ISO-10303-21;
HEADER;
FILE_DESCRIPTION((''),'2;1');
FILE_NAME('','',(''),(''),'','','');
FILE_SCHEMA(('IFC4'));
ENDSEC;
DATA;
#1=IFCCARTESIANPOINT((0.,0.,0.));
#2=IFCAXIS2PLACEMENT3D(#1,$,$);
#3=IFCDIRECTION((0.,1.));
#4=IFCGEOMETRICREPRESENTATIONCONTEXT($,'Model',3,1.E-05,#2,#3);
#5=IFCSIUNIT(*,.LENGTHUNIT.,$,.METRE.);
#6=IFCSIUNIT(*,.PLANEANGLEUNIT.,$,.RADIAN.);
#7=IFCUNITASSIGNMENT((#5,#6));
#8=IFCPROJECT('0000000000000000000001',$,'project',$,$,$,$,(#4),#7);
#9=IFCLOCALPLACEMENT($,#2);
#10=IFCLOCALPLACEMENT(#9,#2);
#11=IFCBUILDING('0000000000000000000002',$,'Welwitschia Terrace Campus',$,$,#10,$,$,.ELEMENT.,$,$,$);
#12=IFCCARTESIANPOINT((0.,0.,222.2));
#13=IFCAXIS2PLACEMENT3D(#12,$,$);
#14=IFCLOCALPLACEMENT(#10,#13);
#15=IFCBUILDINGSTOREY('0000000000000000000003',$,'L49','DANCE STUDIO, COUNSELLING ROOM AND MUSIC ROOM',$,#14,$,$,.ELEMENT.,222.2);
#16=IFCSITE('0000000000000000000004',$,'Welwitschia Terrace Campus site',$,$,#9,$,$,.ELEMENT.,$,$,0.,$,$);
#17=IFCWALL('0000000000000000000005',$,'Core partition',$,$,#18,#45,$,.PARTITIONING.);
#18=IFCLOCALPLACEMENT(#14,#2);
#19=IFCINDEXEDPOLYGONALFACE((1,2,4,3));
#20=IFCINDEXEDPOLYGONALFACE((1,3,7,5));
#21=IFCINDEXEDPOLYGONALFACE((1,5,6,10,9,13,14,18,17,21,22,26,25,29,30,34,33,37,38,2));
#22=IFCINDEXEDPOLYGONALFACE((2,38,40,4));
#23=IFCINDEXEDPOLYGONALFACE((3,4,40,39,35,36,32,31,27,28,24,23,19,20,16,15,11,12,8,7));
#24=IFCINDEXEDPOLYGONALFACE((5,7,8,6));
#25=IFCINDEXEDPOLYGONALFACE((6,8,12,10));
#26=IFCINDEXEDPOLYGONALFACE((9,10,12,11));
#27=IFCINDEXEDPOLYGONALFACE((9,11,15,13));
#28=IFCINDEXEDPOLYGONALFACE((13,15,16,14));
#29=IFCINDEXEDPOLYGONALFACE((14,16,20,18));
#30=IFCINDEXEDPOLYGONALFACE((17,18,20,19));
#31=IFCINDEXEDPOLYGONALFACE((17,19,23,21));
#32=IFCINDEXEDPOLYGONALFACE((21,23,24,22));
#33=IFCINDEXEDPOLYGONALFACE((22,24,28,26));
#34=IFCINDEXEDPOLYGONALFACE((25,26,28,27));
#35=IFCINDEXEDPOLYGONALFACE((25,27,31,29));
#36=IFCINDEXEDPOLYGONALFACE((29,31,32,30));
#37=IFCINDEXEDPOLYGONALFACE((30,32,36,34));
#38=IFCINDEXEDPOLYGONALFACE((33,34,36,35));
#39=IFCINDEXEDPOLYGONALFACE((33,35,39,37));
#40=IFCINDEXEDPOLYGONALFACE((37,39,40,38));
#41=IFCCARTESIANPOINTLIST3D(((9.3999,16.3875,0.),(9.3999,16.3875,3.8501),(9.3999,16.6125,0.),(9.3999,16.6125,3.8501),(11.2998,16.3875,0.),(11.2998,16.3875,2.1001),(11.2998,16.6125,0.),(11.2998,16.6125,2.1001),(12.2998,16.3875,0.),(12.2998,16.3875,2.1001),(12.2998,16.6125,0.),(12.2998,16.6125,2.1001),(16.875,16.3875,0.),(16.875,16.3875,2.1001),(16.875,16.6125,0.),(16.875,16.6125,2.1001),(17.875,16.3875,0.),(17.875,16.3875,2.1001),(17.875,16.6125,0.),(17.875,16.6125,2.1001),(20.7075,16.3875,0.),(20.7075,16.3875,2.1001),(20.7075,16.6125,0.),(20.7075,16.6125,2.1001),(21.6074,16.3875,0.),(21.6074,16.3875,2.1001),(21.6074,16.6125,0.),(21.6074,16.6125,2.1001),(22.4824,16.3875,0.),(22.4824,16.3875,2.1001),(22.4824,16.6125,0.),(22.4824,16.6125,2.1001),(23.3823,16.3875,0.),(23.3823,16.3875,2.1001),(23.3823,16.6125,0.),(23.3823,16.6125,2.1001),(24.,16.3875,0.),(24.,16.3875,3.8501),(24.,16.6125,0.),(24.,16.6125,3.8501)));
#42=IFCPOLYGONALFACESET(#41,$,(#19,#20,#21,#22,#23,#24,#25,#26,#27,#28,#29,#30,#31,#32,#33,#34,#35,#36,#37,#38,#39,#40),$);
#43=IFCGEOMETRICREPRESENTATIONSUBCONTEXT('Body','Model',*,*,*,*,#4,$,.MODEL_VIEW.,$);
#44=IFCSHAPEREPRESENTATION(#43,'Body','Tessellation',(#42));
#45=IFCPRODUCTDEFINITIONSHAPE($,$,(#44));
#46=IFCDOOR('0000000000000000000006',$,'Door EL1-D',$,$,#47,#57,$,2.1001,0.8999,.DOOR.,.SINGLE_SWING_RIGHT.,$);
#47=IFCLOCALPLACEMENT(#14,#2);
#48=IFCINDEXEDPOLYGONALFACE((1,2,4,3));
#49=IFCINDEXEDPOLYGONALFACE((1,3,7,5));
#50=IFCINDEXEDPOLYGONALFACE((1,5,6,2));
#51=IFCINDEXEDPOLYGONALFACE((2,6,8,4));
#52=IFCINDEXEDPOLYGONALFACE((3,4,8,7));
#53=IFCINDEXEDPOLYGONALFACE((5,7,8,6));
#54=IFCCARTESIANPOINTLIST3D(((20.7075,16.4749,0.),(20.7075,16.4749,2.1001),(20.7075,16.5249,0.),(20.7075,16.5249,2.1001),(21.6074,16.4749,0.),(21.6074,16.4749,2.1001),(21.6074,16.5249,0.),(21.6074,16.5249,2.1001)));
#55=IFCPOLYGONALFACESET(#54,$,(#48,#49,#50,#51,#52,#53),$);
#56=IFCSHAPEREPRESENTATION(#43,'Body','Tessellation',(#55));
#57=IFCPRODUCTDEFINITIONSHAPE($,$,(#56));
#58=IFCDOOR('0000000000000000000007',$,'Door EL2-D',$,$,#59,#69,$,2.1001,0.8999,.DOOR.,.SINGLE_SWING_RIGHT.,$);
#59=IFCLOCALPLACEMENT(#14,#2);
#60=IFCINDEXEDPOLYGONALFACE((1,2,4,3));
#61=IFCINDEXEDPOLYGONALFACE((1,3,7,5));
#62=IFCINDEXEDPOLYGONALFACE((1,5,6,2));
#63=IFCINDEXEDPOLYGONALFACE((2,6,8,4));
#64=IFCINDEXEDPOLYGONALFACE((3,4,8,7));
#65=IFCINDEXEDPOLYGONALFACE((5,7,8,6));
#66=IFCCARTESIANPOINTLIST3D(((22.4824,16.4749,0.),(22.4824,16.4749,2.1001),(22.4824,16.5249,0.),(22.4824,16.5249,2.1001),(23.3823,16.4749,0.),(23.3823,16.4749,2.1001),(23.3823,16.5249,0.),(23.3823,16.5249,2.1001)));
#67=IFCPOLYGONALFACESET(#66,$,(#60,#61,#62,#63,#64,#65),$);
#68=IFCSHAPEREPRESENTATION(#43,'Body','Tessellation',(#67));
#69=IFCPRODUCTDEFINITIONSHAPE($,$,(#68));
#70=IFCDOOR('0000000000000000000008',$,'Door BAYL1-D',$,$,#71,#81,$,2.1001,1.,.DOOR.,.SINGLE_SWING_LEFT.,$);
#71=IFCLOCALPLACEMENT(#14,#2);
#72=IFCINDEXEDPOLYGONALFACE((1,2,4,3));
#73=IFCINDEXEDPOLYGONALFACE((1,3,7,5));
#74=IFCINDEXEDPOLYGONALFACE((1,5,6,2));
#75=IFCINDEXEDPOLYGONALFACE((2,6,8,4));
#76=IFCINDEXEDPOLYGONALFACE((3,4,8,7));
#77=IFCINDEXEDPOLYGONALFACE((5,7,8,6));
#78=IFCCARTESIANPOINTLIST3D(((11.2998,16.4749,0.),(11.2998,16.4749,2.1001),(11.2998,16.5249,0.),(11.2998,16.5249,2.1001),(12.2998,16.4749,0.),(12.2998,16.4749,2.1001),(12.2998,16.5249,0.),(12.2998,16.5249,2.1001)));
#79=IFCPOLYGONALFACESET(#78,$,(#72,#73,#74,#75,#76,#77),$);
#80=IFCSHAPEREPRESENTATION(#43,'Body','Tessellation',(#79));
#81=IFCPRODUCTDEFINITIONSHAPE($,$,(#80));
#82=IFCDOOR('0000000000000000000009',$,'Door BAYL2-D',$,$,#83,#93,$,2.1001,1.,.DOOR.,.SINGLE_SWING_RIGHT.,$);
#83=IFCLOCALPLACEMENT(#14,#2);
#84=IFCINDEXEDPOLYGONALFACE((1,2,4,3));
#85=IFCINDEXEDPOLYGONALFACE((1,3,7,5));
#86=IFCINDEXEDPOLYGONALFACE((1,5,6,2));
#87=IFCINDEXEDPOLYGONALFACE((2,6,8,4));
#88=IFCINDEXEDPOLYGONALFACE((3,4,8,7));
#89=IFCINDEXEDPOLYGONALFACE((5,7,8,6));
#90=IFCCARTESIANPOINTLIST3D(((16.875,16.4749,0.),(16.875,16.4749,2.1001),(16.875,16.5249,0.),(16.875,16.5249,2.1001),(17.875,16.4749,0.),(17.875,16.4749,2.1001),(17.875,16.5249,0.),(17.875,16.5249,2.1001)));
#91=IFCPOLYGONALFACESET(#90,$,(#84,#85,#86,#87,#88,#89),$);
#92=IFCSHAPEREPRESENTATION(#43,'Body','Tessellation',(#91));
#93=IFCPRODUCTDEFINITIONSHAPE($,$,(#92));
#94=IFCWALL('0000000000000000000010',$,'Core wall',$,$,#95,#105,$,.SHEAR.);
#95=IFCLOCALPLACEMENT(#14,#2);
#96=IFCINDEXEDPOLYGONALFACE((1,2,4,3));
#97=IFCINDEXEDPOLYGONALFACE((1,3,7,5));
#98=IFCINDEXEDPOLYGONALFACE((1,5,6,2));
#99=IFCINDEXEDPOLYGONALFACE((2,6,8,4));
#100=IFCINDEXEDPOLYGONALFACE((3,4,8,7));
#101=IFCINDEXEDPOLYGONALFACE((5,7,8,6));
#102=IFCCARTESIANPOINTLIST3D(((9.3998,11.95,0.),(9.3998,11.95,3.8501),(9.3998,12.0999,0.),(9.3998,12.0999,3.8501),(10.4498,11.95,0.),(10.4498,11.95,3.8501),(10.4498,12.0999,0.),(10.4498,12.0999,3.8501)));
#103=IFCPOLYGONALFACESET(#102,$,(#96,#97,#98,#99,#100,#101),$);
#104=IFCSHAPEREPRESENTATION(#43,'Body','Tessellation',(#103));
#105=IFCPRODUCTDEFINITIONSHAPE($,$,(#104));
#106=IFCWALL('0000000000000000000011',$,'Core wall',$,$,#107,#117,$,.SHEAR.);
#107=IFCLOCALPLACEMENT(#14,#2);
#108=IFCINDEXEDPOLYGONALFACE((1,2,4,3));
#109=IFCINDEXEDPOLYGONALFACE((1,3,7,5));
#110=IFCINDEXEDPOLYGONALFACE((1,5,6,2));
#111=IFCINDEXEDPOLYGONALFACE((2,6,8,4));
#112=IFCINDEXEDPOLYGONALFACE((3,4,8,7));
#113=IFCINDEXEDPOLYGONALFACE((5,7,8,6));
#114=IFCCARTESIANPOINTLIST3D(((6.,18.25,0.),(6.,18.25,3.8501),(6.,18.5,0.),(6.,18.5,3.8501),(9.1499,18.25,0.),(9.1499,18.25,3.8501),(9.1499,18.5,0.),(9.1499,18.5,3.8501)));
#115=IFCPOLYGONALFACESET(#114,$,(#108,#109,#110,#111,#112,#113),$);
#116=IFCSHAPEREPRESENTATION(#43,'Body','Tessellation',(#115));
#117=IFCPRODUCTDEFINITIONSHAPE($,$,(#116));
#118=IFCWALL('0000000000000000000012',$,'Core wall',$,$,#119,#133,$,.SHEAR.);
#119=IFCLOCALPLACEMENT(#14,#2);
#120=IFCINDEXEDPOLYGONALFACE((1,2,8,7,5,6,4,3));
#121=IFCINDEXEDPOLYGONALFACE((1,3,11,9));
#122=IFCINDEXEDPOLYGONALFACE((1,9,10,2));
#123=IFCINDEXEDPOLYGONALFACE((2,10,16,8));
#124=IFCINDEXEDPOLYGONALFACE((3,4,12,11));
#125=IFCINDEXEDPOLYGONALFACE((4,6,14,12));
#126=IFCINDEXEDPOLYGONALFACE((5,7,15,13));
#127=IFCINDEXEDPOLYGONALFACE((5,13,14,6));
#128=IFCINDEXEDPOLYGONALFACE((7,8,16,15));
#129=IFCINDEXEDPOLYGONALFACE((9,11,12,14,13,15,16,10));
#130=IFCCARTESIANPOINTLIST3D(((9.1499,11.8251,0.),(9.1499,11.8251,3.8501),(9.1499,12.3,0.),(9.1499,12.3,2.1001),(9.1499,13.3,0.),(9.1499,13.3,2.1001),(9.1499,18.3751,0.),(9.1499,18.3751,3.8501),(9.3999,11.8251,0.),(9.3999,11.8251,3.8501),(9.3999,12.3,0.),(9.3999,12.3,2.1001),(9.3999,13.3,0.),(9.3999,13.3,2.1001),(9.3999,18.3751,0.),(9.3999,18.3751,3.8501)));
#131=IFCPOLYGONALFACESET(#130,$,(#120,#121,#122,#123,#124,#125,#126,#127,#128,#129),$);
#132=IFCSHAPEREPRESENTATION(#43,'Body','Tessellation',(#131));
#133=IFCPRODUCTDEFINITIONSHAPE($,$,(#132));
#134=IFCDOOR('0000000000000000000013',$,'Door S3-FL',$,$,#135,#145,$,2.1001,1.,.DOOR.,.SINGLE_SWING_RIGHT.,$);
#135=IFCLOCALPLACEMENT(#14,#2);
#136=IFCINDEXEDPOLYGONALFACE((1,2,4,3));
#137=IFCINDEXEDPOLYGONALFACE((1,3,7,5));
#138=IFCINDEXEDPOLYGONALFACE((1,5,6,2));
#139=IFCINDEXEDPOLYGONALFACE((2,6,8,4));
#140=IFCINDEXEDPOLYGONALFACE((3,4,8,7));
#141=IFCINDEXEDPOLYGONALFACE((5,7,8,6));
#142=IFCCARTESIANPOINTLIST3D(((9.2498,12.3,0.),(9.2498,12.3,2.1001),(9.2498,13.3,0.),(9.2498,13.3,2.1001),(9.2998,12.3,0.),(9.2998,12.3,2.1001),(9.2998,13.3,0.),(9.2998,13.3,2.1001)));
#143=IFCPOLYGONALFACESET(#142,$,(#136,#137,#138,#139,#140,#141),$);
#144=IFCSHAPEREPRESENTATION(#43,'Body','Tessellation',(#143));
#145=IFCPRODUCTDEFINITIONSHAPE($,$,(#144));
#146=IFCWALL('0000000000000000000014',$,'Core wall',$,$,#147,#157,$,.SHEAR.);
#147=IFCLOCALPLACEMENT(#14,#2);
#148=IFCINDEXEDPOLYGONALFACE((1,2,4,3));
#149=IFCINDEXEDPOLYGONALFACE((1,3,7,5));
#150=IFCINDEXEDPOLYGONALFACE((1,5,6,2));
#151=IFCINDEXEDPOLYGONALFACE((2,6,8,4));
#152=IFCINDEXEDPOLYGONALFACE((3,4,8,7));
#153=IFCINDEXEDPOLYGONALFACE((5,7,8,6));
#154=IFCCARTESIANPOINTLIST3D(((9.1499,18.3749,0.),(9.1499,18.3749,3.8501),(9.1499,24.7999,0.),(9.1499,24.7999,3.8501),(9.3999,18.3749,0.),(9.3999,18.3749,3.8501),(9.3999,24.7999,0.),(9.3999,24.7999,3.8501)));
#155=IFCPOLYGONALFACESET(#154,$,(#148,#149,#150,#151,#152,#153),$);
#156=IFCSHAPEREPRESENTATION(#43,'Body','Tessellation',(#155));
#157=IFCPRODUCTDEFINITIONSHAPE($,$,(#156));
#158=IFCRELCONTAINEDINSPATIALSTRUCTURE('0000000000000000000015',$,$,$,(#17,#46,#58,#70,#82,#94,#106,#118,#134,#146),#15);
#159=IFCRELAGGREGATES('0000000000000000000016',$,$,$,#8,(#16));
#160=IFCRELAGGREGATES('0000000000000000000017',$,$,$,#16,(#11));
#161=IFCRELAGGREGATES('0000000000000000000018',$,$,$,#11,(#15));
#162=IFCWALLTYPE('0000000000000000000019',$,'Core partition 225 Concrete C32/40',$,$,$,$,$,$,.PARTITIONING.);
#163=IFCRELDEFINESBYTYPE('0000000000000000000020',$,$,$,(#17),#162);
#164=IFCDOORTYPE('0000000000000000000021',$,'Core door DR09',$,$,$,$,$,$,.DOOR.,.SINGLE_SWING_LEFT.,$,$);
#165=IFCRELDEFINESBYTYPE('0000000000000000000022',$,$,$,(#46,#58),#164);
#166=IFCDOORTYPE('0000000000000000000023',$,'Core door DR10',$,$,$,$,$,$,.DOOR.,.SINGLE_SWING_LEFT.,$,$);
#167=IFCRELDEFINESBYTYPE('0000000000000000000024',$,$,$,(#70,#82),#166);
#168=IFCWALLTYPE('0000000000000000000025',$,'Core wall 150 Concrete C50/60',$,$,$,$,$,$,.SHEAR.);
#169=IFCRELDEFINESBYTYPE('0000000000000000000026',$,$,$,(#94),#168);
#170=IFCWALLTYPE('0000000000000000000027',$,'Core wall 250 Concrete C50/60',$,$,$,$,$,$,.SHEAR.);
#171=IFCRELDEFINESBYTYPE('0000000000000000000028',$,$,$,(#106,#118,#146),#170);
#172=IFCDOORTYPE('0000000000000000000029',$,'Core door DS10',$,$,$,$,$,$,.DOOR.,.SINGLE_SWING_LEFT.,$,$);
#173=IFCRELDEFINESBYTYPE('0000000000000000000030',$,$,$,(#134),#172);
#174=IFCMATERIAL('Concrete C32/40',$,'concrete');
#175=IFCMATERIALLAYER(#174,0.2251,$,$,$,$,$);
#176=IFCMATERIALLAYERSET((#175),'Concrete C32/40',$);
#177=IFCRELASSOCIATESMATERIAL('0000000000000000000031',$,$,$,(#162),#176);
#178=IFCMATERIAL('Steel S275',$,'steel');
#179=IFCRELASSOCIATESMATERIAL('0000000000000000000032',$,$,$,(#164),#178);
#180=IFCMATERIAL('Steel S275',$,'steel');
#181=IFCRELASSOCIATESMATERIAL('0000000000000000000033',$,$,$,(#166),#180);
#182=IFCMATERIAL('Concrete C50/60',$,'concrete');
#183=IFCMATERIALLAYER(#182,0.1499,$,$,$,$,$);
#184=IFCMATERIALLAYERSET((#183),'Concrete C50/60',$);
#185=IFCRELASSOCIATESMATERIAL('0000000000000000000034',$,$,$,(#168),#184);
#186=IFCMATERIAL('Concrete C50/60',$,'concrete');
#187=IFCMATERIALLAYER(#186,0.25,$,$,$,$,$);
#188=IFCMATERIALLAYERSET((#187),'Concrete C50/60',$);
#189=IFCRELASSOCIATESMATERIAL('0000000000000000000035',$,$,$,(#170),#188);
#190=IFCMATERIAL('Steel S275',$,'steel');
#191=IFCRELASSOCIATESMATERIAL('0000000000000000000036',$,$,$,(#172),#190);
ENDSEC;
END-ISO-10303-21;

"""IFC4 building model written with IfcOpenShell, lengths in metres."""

from ifc_helpers import new_model, si_unit, direction, frame, frame_2d, origin, place, context, subcontext, project, spatial, rectangle, extrude, material, layer, layer_set, type_object, element, fill, save


model = new_model("IFC4")

# Units and contexts
model_context = context("Model", 3, precision=1e-05, world=origin(), true_north=direction((0.0, 1.0)))
body_context = subcontext(model_context, "Body", "Model", "MODEL_VIEW")
ifc_project = project(units=[si_unit("LENGTHUNIT", "METRE"), si_unit("PLANEANGLEUNIT", "RADIAN")], contexts=[model_context])

# Site, building, storey
site_placement = place(None, origin())
site = spatial("IfcSite", under=ifc_project, at=site_placement, Name="Welwitschia Terrace Campus site", CompositionType="ELEMENT", RefElevation=0.0)
building_placement = place(site_placement, origin())
building = spatial("IfcBuilding", under=site, at=building_placement, Name="Welwitschia Terrace Campus", CompositionType="ELEMENT")
storey_placement = place(building_placement, frame((0.0, 0.0, 222.2)))
storey = spatial("IfcBuildingStorey", under=building, at=storey_placement, Name="L49", Description="DANCE STUDIO, COUNSELLING ROOM AND MUSIC ROOM", CompositionType="ELEMENT", Elevation=222.2)

# Shared definitions
ifc_material_1 = material(Name="Concrete C32/40", Category="concrete")
ifc_layer_1 = layer(ifc_material_1, 0.2251)
ifc_layer_set_1 = layer_set([ifc_layer_1], Name="Concrete C32/40")
wall_type_1 = type_object("IfcWallType", Name="Core partition 225 Concrete C32/40", PredefinedType="PARTITIONING", material=ifc_layer_set_1)

# Wall, openings, doors
wall_1_placement = place(storey_placement, frame((9.3999, 16.5, 0.0), z_axis=(0.0, 0.0, 1.0), x_axis=(1.0, 0.0, 0.0)))
wall_1 = element("IfcWall", 1, at=wall_1_placement, inside=storey, type_object=wall_type_1, Name="Core partition", PredefinedType="PARTITIONING", context=body_context, shape_type="SweptSolid", body=[
    extrude(rectangle(XDim=14.6001, YDim=0.2251, at=frame_2d((7.3, 0.0))), origin(), (0.0, 0.0, 1.0), 3.8501),
])
opening_1_placement = place(wall_1_placement, frame((1.8999, 0.0, 0.0)))
opening_1 = element("IfcOpeningElement", 2, at=opening_1_placement, cuts=wall_1, PredefinedType="OPENING", context=body_context, shape_type="SweptSolid", body=[
    extrude(rectangle(XDim=1.0, YDim=2.1001, at=frame_2d((0.5, 1.05))), frame((0.0, 0.1226, 0.0), z_axis=(0.0, -1.0, 0.0), x_axis=(1.0, 0.0, 0.0)), (0.0, 0.0, 1.0), 0.2451),
])
opening_2_placement = place(wall_1_placement, frame((7.4751, 0.0, 0.0)))
opening_2 = element("IfcOpeningElement", 3, at=opening_2_placement, cuts=wall_1, PredefinedType="OPENING", context=body_context, shape_type="SweptSolid", body=[
    extrude(rectangle(XDim=1.0, YDim=2.1001, at=frame_2d((0.5, 1.05))), frame((0.0, 0.1226, 0.0), z_axis=(0.0, -1.0, 0.0), x_axis=(1.0, 0.0, 0.0)), (0.0, 0.0, 1.0), 0.2451),
])
opening_3_placement = place(wall_1_placement, frame((11.3076, 0.0, 0.0)))
opening_3 = element("IfcOpeningElement", 4, at=opening_3_placement, cuts=wall_1, PredefinedType="OPENING", context=body_context, shape_type="SweptSolid", body=[
    extrude(rectangle(XDim=0.8999, YDim=2.1001, at=frame_2d((0.45, 1.05))), frame((0.0, 0.1226, 0.0), z_axis=(0.0, -1.0, 0.0), x_axis=(1.0, 0.0, 0.0)), (0.0, 0.0, 1.0), 0.2451),
])
opening_4_placement = place(wall_1_placement, frame((13.0825, 0.0, 0.0)))
opening_4 = element("IfcOpeningElement", 5, at=opening_4_placement, cuts=wall_1, PredefinedType="OPENING", context=body_context, shape_type="SweptSolid", body=[
    extrude(rectangle(XDim=0.8999, YDim=2.1001, at=frame_2d((0.45, 1.05))), frame((0.0, 0.1226, 0.0), z_axis=(0.0, -1.0, 0.0), x_axis=(1.0, 0.0, 0.0)), (0.0, 0.0, 1.0), 0.2451),
])
ifc_material_2 = material(Name="Steel S275", Category="steel")
door_type_1 = type_object("IfcDoorType", Name="Core door DR09", OperationType="SINGLE_SWING_LEFT", PredefinedType="DOOR", material=ifc_material_2)
door_1_placement = place(opening_3_placement, origin())
door_1 = element("IfcDoor", 6, at=door_1_placement, inside=storey, type_object=door_type_1, Name="Door EL1-D", OperationType="SINGLE_SWING_RIGHT", OverallHeight=2.1001, OverallWidth=0.8999, PredefinedType="DOOR", context=body_context, shape_type="SweptSolid", body=[
    extrude(rectangle(XDim=0.8999, YDim=2.1001, at=frame_2d((0.45, 1.05))), frame((0.0, 0.0249, 0.0), z_axis=(0.0, -1.0, 0.0), x_axis=(1.0, 0.0, 0.0)), (0.0, 0.0, 1.0), 0.05),
])
fill(opening_3, door_1)
door_2_placement = place(opening_4_placement, origin())
door_2 = element("IfcDoor", 7, at=door_2_placement, inside=storey, type_object=door_type_1, Name="Door EL2-D", OperationType="SINGLE_SWING_RIGHT", OverallHeight=2.1001, OverallWidth=0.8999, PredefinedType="DOOR", context=body_context, shape_type="SweptSolid", body=[
    extrude(rectangle(XDim=0.8999, YDim=2.1001, at=frame_2d((0.45, 1.05))), frame((0.0, 0.0249, 0.0), z_axis=(0.0, -1.0, 0.0), x_axis=(1.0, 0.0, 0.0)), (0.0, 0.0, 1.0), 0.05),
])
fill(opening_4, door_2)
ifc_material_3 = material(Name="Steel S275", Category="steel")
door_type_2 = type_object("IfcDoorType", Name="Core door DR10", OperationType="SINGLE_SWING_LEFT", PredefinedType="DOOR", material=ifc_material_3)
door_3_placement = place(opening_1_placement, origin())
door_3 = element("IfcDoor", 8, at=door_3_placement, inside=storey, type_object=door_type_2, Name="Door BAYL1-D", OperationType="SINGLE_SWING_LEFT", OverallHeight=2.1001, OverallWidth=1.0, PredefinedType="DOOR", context=body_context, shape_type="SweptSolid", body=[
    extrude(rectangle(XDim=1.0, YDim=2.1001, at=frame_2d((0.5, 1.05))), frame((0.0, 0.0249, 0.0), z_axis=(0.0, -1.0, 0.0), x_axis=(1.0, 0.0, 0.0)), (0.0, 0.0, 1.0), 0.05),
])
fill(opening_1, door_3)
door_4_placement = place(opening_2_placement, origin())
door_4 = element("IfcDoor", 9, at=door_4_placement, inside=storey, type_object=door_type_2, Name="Door BAYL2-D", OperationType="SINGLE_SWING_RIGHT", OverallHeight=2.1001, OverallWidth=1.0, PredefinedType="DOOR", context=body_context, shape_type="SweptSolid", body=[
    extrude(rectangle(XDim=1.0, YDim=2.1001, at=frame_2d((0.5, 1.05))), frame((0.0, 0.0249, 0.0), z_axis=(0.0, -1.0, 0.0), x_axis=(1.0, 0.0, 0.0)), (0.0, 0.0, 1.0), 0.05),
])
fill(opening_2, door_4)

# Walls
ifc_material_4 = material(Name="Concrete C50/60", Category="concrete")
ifc_layer_2 = layer(ifc_material_4, 0.1499)
ifc_layer_set_2 = layer_set([ifc_layer_2], Name="Concrete C50/60")
wall_type_2 = type_object("IfcWallType", Name="Core wall 150 Concrete C50/60", PredefinedType="SHEAR", material=ifc_layer_set_2)
wall_2_placement = place(storey_placement, frame((9.3999, 12.0249, 0.0), z_axis=(0.0, 0.0, 1.0), x_axis=(1.0, 0.0, 0.0)))
element("IfcWall", 10, at=wall_2_placement, inside=storey, type_object=wall_type_2, Name="Core wall", PredefinedType="SHEAR", context=body_context, shape_type="SweptSolid", body=[
    extrude(rectangle(XDim=1.05, YDim=0.1499, at=frame_2d((0.5249, 0.0))), origin(), (0.0, 0.0, 1.0), 3.8501),
])
ifc_material_5 = material(Name="Concrete C50/60", Category="concrete")
ifc_layer_3 = layer(ifc_material_5, 0.25)
ifc_layer_set_3 = layer_set([ifc_layer_3], Name="Concrete C50/60")
wall_type_3 = type_object("IfcWallType", Name="Core wall 250 Concrete C50/60", PredefinedType="SHEAR", material=ifc_layer_set_3)
wall_3_placement = place(storey_placement, frame((6.0, 18.375, 0.0), z_axis=(0.0, 0.0, 1.0), x_axis=(1.0, 0.0, 0.0)))
element("IfcWall", 11, at=wall_3_placement, inside=storey, type_object=wall_type_3, Name="Core wall", PredefinedType="SHEAR", context=body_context, shape_type="SweptSolid", body=[
    extrude(rectangle(XDim=3.1499, YDim=0.25, at=frame_2d((1.575, 0.0))), origin(), (0.0, 0.0, 1.0), 3.8501),
])

# Wall, opening, door
wall_4_placement = place(storey_placement, frame((9.2749, 18.375, 0.0), z_axis=(0.0, 0.0, 1.0), x_axis=(0.0, -1.0, 0.0)))
wall_4 = element("IfcWall", 12, at=wall_4_placement, inside=storey, type_object=wall_type_3, Name="Core wall", PredefinedType="SHEAR", context=body_context, shape_type="SweptSolid", body=[
    extrude(rectangle(XDim=6.55, YDim=0.25, at=frame_2d((3.2749, 0.0))), origin(), (0.0, 0.0, 1.0), 3.8501),
])
opening_5_placement = place(wall_4_placement, frame((5.075, 0.0, 0.0)))
opening_5 = element("IfcOpeningElement", 13, at=opening_5_placement, cuts=wall_4, PredefinedType="OPENING", context=body_context, shape_type="SweptSolid", body=[
    extrude(rectangle(XDim=1.0, YDim=2.1001, at=frame_2d((0.5, 1.05))), frame((0.0, 0.135, 0.0), z_axis=(0.0, -1.0, 0.0), x_axis=(1.0, 0.0, 0.0)), (0.0, 0.0, 1.0), 0.27),
])
ifc_material_6 = material(Name="Steel S275", Category="steel")
door_type_3 = type_object("IfcDoorType", Name="Core door DS10", OperationType="SINGLE_SWING_LEFT", PredefinedType="DOOR", material=ifc_material_6)
door_5_placement = place(opening_5_placement, origin())
door_5 = element("IfcDoor", 14, at=door_5_placement, inside=storey, type_object=door_type_3, Name="Door S3-FL", OperationType="SINGLE_SWING_RIGHT", OverallHeight=2.1001, OverallWidth=1.0, PredefinedType="DOOR", context=body_context, shape_type="SweptSolid", body=[
    extrude(rectangle(XDim=1.0, YDim=2.1001, at=frame_2d((0.5, 1.05))), frame((0.0, 0.0249, 0.0), z_axis=(0.0, -1.0, 0.0), x_axis=(1.0, 0.0, 0.0)), (0.0, 0.0, 1.0), 0.05),
])
fill(opening_5, door_5)

# Wall
wall_5_placement = place(storey_placement, frame((9.2749, 18.375, 0.0), z_axis=(0.0, 0.0, 1.0), x_axis=(0.0, 1.0, 0.0)))
element("IfcWall", 15, at=wall_5_placement, inside=storey, type_object=wall_type_3, Name="Core wall", PredefinedType="SHEAR", context=body_context, shape_type="SweptSolid", body=[
    extrude(rectangle(XDim=6.425, YDim=0.25, at=frame_2d((3.2124, 0.0))), origin(), (0.0, 0.0, 1.0), 3.8501),
])

save(model, "model.ifc")
